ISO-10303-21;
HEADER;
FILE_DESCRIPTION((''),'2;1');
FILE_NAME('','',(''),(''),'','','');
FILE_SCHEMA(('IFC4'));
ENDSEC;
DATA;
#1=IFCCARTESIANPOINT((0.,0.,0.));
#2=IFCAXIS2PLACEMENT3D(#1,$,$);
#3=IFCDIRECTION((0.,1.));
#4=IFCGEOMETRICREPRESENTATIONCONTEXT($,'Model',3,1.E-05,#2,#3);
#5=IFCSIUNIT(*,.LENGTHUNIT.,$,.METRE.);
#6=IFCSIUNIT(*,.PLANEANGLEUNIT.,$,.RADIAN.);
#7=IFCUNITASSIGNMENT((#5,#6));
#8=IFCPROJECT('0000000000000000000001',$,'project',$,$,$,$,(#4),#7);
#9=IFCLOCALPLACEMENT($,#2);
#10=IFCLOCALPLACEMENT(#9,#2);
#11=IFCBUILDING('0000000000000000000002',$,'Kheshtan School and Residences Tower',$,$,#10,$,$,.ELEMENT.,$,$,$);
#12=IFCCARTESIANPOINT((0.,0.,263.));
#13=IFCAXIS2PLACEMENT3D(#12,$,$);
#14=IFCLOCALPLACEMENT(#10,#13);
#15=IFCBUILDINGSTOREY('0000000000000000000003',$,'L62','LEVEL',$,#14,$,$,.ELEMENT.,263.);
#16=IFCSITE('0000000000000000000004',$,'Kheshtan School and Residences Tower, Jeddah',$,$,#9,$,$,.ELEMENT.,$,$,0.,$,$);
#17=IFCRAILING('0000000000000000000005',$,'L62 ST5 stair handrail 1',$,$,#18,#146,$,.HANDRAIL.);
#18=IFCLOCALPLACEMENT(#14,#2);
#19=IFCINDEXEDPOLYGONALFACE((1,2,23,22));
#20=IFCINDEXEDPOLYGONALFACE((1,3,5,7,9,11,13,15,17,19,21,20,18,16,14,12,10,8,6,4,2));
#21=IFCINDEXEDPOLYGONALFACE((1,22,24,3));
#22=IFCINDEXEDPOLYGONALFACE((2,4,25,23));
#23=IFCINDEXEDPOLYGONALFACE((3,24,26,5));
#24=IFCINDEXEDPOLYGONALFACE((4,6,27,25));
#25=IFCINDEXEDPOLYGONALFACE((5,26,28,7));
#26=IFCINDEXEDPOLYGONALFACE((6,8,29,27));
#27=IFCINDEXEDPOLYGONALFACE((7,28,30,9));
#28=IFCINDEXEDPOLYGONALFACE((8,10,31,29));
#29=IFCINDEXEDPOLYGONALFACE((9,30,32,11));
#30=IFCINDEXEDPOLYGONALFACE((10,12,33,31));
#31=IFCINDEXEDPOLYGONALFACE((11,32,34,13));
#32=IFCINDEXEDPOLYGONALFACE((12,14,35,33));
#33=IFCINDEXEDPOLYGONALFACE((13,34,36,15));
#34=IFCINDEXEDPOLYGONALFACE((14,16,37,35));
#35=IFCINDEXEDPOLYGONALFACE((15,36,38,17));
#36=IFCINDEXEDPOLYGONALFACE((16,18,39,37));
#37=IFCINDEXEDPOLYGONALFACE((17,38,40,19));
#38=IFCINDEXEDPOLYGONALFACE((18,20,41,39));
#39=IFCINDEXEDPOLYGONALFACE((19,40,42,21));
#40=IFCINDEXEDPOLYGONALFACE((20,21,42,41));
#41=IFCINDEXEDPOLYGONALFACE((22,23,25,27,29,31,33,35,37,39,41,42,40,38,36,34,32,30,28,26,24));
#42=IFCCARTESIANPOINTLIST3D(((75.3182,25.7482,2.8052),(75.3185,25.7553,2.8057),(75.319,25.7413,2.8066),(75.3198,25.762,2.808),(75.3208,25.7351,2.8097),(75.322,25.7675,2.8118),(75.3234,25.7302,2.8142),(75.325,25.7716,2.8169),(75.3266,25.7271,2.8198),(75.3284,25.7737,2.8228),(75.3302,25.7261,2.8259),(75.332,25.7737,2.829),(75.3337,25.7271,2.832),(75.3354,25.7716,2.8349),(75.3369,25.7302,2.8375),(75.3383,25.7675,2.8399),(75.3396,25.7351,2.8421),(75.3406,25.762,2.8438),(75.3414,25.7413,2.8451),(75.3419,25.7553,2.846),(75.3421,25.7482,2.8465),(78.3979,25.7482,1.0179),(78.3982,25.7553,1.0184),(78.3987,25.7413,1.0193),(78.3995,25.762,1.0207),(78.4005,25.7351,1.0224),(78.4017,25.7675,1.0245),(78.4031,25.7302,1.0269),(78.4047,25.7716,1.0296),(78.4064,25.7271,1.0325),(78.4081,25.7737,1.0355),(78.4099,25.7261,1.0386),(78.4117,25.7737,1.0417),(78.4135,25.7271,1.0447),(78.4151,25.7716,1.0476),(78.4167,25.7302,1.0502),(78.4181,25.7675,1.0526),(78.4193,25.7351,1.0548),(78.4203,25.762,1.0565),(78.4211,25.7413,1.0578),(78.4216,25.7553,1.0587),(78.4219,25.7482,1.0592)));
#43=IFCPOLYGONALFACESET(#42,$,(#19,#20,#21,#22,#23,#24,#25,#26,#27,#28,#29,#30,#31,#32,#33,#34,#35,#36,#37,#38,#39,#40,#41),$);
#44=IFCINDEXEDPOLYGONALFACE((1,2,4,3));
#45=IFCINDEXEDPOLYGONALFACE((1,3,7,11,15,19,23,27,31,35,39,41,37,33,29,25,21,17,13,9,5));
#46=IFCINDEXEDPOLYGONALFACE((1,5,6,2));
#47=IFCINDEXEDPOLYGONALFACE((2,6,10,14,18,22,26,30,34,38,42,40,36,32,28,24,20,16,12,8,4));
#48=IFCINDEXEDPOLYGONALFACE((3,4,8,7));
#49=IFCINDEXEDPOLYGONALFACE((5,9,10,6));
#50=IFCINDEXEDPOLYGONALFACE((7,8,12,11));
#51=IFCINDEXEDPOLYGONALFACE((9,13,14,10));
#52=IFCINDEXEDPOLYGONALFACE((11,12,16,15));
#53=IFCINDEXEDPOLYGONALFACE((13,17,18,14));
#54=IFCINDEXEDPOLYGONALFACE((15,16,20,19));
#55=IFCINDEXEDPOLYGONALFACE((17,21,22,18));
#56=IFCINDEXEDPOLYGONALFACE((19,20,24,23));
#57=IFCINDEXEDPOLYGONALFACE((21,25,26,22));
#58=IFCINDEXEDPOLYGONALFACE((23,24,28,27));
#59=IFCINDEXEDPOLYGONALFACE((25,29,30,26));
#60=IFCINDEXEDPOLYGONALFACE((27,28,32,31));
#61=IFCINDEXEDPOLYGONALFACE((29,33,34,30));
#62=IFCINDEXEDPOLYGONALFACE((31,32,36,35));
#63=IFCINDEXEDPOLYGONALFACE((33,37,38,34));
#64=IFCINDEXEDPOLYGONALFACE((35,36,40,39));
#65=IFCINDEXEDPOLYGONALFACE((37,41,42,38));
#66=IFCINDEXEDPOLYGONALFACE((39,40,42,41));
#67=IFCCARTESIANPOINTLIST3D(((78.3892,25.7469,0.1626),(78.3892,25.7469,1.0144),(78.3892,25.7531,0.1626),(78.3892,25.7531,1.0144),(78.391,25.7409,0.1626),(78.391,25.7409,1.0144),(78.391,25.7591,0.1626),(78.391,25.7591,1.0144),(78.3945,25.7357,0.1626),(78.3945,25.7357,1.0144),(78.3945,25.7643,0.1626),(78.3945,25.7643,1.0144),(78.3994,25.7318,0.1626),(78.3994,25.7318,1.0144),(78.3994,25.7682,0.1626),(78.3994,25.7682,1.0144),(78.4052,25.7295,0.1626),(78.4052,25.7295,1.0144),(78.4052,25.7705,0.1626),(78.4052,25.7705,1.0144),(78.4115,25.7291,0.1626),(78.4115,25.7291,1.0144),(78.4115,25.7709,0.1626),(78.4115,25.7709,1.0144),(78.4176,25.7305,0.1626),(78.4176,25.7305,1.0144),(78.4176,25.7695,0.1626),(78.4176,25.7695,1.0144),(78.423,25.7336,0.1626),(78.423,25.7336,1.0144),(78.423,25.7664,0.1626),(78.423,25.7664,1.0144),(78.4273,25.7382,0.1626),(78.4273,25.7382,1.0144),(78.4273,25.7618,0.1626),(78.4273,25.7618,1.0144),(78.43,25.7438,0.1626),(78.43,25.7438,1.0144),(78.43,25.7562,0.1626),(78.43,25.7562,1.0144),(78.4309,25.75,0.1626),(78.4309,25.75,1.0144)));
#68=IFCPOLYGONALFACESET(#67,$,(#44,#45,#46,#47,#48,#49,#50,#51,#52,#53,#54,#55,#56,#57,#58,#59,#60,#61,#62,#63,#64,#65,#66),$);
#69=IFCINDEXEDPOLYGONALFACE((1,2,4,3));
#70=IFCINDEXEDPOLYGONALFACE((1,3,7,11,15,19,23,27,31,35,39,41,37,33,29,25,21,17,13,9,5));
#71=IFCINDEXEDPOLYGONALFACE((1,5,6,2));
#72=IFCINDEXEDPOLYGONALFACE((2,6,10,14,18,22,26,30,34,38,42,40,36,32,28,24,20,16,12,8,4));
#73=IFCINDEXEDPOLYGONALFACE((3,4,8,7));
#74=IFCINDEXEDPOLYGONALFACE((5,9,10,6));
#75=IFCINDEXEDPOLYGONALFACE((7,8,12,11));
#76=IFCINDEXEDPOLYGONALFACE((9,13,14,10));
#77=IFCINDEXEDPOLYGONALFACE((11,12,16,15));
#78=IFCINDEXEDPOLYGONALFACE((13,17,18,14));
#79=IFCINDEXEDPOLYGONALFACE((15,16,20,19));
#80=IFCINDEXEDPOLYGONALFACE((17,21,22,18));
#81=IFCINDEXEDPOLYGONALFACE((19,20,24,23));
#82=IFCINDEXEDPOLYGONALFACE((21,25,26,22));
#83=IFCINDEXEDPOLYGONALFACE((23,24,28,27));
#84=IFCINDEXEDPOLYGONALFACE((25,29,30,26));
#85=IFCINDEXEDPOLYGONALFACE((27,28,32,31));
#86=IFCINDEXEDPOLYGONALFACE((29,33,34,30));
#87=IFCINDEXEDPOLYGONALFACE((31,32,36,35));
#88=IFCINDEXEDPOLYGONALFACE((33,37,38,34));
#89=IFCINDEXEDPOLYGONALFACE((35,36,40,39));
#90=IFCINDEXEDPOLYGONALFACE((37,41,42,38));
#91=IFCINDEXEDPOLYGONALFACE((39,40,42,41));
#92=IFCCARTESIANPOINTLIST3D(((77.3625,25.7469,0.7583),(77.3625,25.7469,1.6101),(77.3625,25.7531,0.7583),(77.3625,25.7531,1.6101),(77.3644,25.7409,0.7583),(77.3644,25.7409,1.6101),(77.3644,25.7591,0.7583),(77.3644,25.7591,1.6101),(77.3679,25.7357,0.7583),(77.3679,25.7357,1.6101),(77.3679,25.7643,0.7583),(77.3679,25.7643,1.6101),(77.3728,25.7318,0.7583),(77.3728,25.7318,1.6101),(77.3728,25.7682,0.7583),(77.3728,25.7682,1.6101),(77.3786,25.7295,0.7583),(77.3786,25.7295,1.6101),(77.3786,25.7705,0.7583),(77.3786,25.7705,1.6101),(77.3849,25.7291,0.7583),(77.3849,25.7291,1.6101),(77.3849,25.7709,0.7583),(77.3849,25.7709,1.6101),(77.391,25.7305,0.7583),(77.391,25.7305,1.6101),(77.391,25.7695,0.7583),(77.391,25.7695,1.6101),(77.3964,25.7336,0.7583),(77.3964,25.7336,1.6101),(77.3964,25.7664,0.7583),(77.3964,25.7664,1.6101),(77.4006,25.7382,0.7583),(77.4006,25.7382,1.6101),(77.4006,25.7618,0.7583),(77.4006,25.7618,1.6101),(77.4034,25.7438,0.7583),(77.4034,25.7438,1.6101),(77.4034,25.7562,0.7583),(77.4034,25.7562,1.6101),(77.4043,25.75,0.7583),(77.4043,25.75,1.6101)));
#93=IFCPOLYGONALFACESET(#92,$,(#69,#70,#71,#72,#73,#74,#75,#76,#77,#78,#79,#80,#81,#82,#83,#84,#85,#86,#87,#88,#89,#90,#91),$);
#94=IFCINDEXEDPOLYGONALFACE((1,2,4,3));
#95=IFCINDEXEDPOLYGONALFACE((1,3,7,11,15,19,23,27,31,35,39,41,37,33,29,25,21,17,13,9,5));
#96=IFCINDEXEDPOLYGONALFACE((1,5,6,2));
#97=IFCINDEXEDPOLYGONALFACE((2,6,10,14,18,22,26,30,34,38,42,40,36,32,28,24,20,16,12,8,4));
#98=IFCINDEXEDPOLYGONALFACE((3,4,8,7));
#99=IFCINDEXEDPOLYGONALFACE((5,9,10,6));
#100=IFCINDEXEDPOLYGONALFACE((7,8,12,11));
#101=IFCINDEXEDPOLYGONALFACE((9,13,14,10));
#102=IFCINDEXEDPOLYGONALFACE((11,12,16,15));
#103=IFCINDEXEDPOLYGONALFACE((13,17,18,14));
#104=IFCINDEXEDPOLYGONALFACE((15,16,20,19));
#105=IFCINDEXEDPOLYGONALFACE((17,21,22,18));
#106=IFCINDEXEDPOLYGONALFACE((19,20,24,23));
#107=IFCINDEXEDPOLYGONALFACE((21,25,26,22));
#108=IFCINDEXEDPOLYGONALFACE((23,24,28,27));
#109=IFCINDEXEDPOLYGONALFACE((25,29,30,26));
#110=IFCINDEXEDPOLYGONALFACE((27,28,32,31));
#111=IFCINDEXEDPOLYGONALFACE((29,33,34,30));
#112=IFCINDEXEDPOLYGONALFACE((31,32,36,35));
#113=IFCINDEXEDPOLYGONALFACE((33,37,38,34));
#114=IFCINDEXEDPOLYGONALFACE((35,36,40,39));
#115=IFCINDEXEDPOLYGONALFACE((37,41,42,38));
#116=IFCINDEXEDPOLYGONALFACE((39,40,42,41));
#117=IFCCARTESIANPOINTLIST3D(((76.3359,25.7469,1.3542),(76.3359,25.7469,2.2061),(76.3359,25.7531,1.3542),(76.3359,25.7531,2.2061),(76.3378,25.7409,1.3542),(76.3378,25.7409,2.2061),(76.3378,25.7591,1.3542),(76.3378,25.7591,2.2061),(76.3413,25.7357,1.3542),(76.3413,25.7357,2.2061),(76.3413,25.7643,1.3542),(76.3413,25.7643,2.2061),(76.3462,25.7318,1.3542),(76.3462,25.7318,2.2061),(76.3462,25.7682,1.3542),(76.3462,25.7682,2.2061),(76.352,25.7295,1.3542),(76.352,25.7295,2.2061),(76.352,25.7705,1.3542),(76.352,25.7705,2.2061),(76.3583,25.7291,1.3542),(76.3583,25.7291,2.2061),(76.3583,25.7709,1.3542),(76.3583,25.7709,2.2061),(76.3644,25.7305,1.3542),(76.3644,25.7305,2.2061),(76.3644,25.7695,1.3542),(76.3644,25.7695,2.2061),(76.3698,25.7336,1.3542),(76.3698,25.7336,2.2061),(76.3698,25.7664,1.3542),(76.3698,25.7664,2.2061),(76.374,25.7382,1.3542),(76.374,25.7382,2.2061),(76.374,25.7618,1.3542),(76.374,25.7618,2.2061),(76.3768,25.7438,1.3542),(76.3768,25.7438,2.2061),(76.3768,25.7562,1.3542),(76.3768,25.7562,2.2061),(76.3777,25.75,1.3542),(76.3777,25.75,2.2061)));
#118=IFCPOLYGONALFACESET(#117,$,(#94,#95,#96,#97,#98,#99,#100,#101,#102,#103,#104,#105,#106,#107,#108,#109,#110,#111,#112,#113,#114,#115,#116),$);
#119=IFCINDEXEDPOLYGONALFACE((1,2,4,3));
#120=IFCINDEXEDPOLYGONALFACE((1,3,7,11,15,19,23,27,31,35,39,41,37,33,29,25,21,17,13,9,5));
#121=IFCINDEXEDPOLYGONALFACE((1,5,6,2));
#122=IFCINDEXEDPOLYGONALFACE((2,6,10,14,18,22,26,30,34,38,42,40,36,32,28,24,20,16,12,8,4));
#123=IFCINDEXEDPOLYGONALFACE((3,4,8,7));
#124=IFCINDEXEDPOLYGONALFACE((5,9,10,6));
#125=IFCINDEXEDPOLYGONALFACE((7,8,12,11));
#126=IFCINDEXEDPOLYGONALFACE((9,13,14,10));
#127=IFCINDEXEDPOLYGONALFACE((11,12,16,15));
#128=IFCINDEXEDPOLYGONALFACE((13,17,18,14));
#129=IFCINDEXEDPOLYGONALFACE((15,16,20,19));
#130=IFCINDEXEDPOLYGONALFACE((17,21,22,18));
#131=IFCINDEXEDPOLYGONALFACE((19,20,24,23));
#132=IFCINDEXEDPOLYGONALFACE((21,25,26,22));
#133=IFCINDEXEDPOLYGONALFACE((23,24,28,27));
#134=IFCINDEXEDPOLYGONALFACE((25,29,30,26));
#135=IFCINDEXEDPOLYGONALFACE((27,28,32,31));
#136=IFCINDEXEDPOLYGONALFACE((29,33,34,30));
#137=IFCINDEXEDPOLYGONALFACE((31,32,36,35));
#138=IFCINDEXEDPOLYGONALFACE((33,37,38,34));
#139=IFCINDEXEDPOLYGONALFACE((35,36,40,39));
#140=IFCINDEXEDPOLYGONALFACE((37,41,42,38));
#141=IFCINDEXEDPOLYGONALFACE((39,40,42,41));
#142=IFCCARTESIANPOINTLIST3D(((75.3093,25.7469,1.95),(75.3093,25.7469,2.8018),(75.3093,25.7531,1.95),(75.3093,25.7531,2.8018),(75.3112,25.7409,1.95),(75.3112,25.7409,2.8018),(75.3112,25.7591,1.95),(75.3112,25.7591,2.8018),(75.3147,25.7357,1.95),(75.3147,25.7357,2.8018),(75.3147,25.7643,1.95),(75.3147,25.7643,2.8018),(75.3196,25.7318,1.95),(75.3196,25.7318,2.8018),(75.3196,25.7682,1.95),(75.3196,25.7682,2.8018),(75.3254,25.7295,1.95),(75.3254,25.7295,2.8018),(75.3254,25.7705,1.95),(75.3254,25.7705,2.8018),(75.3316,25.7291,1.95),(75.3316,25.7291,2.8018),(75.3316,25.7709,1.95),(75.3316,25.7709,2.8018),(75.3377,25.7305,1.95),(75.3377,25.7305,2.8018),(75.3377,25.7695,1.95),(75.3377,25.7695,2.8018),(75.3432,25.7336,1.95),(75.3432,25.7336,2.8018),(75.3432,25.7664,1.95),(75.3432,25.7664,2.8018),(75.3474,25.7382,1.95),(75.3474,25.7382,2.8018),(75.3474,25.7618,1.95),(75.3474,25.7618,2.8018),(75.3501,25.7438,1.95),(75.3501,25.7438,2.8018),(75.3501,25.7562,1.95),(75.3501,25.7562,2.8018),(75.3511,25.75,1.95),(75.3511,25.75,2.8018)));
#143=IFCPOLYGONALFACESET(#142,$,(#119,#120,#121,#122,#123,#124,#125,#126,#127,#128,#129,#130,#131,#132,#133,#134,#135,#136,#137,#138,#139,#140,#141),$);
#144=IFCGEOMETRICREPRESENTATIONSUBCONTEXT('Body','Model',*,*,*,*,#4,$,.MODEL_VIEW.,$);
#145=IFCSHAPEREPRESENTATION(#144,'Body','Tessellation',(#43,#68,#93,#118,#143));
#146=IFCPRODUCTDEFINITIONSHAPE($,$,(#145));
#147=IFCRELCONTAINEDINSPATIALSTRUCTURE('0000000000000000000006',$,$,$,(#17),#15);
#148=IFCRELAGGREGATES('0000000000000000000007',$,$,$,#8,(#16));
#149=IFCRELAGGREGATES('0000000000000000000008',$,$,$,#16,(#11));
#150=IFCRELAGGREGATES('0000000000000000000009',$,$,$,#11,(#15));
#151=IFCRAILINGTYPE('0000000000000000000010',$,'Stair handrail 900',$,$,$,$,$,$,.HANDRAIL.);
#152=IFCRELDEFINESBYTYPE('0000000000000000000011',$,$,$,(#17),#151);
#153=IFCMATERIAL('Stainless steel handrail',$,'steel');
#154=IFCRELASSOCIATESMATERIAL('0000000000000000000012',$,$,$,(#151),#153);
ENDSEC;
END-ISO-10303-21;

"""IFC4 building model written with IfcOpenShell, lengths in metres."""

from ifc_helpers import new_model, si_unit, direction, frame, origin, origin_2d, place, context, subcontext, project, spatial, circle, extrude, material, type_object, element, save


model = new_model("IFC4")

# Units and contexts
model_context = context("Model", 3, precision=1e-05, world=origin(), true_north=direction((0.0, 1.0)))
body_context = subcontext(model_context, "Body", "Model", "MODEL_VIEW")
ifc_project = project(units=[si_unit("LENGTHUNIT", "METRE"), si_unit("PLANEANGLEUNIT", "RADIAN")], contexts=[model_context])

# Site, building, storey
site_placement = place(None, origin())
site = spatial("IfcSite", under=ifc_project, at=site_placement, Name="Kheshtan School and Residences Tower, Jeddah", CompositionType="ELEMENT", RefElevation=0.0)
building_placement = place(site_placement, origin())
building = spatial("IfcBuilding", under=site, at=building_placement, Name="Kheshtan School and Residences Tower", CompositionType="ELEMENT")
storey_placement = place(building_placement, frame((0.0, 0.0, 263.0)))
storey = spatial("IfcBuildingStorey", under=building, at=storey_placement, Name="L62", Description="LEVEL", CompositionType="ELEMENT", Elevation=263.0)

# Railing
ifc_material_1 = material(Name="Stainless steel handrail", Category="steel")
railing_type_1 = type_object("IfcRailingType", Name="Stair handrail 900", PredefinedType="HANDRAIL", material=ifc_material_1)
railing_1_placement = place(storey_placement, frame((78.4099, 25.75, 0.1626)))
element("IfcRailing", 1, at=railing_1_placement, inside=storey, type_object=railing_type_1, Name="L62 ST5 stair handrail 1", PredefinedType="HANDRAIL", context=body_context, shape_type="SweptSolid", body=[
    extrude(circle(Radius=0.0239, at=origin_2d()), frame((0.0, 0.0, 0.876), z_axis=(-0.864903, 0.0, 0.501939), x_axis=(0.0, -1.0, 0.0)), (0.0, 0.0, 1.0), 3.5608),
    extrude(circle(Radius=0.021, at=origin_2d()), origin(), (0.0, 0.0, 1.0), 0.8518),
    extrude(circle(Radius=0.021, at=origin_2d()), frame((-1.0266, 0.0, 0.5957)), (0.0, 0.0, 1.0), 0.8518),
    extrude(circle(Radius=0.021, at=origin_2d()), frame((-2.0532, 0.0, 1.1917)), (0.0, 0.0, 1.0), 0.8518),
    extrude(circle(Radius=0.021, at=origin_2d()), frame((-3.0798, 0.0, 1.7874)), (0.0, 0.0, 1.0), 0.8518),
])

save(model, "model.ifc")
